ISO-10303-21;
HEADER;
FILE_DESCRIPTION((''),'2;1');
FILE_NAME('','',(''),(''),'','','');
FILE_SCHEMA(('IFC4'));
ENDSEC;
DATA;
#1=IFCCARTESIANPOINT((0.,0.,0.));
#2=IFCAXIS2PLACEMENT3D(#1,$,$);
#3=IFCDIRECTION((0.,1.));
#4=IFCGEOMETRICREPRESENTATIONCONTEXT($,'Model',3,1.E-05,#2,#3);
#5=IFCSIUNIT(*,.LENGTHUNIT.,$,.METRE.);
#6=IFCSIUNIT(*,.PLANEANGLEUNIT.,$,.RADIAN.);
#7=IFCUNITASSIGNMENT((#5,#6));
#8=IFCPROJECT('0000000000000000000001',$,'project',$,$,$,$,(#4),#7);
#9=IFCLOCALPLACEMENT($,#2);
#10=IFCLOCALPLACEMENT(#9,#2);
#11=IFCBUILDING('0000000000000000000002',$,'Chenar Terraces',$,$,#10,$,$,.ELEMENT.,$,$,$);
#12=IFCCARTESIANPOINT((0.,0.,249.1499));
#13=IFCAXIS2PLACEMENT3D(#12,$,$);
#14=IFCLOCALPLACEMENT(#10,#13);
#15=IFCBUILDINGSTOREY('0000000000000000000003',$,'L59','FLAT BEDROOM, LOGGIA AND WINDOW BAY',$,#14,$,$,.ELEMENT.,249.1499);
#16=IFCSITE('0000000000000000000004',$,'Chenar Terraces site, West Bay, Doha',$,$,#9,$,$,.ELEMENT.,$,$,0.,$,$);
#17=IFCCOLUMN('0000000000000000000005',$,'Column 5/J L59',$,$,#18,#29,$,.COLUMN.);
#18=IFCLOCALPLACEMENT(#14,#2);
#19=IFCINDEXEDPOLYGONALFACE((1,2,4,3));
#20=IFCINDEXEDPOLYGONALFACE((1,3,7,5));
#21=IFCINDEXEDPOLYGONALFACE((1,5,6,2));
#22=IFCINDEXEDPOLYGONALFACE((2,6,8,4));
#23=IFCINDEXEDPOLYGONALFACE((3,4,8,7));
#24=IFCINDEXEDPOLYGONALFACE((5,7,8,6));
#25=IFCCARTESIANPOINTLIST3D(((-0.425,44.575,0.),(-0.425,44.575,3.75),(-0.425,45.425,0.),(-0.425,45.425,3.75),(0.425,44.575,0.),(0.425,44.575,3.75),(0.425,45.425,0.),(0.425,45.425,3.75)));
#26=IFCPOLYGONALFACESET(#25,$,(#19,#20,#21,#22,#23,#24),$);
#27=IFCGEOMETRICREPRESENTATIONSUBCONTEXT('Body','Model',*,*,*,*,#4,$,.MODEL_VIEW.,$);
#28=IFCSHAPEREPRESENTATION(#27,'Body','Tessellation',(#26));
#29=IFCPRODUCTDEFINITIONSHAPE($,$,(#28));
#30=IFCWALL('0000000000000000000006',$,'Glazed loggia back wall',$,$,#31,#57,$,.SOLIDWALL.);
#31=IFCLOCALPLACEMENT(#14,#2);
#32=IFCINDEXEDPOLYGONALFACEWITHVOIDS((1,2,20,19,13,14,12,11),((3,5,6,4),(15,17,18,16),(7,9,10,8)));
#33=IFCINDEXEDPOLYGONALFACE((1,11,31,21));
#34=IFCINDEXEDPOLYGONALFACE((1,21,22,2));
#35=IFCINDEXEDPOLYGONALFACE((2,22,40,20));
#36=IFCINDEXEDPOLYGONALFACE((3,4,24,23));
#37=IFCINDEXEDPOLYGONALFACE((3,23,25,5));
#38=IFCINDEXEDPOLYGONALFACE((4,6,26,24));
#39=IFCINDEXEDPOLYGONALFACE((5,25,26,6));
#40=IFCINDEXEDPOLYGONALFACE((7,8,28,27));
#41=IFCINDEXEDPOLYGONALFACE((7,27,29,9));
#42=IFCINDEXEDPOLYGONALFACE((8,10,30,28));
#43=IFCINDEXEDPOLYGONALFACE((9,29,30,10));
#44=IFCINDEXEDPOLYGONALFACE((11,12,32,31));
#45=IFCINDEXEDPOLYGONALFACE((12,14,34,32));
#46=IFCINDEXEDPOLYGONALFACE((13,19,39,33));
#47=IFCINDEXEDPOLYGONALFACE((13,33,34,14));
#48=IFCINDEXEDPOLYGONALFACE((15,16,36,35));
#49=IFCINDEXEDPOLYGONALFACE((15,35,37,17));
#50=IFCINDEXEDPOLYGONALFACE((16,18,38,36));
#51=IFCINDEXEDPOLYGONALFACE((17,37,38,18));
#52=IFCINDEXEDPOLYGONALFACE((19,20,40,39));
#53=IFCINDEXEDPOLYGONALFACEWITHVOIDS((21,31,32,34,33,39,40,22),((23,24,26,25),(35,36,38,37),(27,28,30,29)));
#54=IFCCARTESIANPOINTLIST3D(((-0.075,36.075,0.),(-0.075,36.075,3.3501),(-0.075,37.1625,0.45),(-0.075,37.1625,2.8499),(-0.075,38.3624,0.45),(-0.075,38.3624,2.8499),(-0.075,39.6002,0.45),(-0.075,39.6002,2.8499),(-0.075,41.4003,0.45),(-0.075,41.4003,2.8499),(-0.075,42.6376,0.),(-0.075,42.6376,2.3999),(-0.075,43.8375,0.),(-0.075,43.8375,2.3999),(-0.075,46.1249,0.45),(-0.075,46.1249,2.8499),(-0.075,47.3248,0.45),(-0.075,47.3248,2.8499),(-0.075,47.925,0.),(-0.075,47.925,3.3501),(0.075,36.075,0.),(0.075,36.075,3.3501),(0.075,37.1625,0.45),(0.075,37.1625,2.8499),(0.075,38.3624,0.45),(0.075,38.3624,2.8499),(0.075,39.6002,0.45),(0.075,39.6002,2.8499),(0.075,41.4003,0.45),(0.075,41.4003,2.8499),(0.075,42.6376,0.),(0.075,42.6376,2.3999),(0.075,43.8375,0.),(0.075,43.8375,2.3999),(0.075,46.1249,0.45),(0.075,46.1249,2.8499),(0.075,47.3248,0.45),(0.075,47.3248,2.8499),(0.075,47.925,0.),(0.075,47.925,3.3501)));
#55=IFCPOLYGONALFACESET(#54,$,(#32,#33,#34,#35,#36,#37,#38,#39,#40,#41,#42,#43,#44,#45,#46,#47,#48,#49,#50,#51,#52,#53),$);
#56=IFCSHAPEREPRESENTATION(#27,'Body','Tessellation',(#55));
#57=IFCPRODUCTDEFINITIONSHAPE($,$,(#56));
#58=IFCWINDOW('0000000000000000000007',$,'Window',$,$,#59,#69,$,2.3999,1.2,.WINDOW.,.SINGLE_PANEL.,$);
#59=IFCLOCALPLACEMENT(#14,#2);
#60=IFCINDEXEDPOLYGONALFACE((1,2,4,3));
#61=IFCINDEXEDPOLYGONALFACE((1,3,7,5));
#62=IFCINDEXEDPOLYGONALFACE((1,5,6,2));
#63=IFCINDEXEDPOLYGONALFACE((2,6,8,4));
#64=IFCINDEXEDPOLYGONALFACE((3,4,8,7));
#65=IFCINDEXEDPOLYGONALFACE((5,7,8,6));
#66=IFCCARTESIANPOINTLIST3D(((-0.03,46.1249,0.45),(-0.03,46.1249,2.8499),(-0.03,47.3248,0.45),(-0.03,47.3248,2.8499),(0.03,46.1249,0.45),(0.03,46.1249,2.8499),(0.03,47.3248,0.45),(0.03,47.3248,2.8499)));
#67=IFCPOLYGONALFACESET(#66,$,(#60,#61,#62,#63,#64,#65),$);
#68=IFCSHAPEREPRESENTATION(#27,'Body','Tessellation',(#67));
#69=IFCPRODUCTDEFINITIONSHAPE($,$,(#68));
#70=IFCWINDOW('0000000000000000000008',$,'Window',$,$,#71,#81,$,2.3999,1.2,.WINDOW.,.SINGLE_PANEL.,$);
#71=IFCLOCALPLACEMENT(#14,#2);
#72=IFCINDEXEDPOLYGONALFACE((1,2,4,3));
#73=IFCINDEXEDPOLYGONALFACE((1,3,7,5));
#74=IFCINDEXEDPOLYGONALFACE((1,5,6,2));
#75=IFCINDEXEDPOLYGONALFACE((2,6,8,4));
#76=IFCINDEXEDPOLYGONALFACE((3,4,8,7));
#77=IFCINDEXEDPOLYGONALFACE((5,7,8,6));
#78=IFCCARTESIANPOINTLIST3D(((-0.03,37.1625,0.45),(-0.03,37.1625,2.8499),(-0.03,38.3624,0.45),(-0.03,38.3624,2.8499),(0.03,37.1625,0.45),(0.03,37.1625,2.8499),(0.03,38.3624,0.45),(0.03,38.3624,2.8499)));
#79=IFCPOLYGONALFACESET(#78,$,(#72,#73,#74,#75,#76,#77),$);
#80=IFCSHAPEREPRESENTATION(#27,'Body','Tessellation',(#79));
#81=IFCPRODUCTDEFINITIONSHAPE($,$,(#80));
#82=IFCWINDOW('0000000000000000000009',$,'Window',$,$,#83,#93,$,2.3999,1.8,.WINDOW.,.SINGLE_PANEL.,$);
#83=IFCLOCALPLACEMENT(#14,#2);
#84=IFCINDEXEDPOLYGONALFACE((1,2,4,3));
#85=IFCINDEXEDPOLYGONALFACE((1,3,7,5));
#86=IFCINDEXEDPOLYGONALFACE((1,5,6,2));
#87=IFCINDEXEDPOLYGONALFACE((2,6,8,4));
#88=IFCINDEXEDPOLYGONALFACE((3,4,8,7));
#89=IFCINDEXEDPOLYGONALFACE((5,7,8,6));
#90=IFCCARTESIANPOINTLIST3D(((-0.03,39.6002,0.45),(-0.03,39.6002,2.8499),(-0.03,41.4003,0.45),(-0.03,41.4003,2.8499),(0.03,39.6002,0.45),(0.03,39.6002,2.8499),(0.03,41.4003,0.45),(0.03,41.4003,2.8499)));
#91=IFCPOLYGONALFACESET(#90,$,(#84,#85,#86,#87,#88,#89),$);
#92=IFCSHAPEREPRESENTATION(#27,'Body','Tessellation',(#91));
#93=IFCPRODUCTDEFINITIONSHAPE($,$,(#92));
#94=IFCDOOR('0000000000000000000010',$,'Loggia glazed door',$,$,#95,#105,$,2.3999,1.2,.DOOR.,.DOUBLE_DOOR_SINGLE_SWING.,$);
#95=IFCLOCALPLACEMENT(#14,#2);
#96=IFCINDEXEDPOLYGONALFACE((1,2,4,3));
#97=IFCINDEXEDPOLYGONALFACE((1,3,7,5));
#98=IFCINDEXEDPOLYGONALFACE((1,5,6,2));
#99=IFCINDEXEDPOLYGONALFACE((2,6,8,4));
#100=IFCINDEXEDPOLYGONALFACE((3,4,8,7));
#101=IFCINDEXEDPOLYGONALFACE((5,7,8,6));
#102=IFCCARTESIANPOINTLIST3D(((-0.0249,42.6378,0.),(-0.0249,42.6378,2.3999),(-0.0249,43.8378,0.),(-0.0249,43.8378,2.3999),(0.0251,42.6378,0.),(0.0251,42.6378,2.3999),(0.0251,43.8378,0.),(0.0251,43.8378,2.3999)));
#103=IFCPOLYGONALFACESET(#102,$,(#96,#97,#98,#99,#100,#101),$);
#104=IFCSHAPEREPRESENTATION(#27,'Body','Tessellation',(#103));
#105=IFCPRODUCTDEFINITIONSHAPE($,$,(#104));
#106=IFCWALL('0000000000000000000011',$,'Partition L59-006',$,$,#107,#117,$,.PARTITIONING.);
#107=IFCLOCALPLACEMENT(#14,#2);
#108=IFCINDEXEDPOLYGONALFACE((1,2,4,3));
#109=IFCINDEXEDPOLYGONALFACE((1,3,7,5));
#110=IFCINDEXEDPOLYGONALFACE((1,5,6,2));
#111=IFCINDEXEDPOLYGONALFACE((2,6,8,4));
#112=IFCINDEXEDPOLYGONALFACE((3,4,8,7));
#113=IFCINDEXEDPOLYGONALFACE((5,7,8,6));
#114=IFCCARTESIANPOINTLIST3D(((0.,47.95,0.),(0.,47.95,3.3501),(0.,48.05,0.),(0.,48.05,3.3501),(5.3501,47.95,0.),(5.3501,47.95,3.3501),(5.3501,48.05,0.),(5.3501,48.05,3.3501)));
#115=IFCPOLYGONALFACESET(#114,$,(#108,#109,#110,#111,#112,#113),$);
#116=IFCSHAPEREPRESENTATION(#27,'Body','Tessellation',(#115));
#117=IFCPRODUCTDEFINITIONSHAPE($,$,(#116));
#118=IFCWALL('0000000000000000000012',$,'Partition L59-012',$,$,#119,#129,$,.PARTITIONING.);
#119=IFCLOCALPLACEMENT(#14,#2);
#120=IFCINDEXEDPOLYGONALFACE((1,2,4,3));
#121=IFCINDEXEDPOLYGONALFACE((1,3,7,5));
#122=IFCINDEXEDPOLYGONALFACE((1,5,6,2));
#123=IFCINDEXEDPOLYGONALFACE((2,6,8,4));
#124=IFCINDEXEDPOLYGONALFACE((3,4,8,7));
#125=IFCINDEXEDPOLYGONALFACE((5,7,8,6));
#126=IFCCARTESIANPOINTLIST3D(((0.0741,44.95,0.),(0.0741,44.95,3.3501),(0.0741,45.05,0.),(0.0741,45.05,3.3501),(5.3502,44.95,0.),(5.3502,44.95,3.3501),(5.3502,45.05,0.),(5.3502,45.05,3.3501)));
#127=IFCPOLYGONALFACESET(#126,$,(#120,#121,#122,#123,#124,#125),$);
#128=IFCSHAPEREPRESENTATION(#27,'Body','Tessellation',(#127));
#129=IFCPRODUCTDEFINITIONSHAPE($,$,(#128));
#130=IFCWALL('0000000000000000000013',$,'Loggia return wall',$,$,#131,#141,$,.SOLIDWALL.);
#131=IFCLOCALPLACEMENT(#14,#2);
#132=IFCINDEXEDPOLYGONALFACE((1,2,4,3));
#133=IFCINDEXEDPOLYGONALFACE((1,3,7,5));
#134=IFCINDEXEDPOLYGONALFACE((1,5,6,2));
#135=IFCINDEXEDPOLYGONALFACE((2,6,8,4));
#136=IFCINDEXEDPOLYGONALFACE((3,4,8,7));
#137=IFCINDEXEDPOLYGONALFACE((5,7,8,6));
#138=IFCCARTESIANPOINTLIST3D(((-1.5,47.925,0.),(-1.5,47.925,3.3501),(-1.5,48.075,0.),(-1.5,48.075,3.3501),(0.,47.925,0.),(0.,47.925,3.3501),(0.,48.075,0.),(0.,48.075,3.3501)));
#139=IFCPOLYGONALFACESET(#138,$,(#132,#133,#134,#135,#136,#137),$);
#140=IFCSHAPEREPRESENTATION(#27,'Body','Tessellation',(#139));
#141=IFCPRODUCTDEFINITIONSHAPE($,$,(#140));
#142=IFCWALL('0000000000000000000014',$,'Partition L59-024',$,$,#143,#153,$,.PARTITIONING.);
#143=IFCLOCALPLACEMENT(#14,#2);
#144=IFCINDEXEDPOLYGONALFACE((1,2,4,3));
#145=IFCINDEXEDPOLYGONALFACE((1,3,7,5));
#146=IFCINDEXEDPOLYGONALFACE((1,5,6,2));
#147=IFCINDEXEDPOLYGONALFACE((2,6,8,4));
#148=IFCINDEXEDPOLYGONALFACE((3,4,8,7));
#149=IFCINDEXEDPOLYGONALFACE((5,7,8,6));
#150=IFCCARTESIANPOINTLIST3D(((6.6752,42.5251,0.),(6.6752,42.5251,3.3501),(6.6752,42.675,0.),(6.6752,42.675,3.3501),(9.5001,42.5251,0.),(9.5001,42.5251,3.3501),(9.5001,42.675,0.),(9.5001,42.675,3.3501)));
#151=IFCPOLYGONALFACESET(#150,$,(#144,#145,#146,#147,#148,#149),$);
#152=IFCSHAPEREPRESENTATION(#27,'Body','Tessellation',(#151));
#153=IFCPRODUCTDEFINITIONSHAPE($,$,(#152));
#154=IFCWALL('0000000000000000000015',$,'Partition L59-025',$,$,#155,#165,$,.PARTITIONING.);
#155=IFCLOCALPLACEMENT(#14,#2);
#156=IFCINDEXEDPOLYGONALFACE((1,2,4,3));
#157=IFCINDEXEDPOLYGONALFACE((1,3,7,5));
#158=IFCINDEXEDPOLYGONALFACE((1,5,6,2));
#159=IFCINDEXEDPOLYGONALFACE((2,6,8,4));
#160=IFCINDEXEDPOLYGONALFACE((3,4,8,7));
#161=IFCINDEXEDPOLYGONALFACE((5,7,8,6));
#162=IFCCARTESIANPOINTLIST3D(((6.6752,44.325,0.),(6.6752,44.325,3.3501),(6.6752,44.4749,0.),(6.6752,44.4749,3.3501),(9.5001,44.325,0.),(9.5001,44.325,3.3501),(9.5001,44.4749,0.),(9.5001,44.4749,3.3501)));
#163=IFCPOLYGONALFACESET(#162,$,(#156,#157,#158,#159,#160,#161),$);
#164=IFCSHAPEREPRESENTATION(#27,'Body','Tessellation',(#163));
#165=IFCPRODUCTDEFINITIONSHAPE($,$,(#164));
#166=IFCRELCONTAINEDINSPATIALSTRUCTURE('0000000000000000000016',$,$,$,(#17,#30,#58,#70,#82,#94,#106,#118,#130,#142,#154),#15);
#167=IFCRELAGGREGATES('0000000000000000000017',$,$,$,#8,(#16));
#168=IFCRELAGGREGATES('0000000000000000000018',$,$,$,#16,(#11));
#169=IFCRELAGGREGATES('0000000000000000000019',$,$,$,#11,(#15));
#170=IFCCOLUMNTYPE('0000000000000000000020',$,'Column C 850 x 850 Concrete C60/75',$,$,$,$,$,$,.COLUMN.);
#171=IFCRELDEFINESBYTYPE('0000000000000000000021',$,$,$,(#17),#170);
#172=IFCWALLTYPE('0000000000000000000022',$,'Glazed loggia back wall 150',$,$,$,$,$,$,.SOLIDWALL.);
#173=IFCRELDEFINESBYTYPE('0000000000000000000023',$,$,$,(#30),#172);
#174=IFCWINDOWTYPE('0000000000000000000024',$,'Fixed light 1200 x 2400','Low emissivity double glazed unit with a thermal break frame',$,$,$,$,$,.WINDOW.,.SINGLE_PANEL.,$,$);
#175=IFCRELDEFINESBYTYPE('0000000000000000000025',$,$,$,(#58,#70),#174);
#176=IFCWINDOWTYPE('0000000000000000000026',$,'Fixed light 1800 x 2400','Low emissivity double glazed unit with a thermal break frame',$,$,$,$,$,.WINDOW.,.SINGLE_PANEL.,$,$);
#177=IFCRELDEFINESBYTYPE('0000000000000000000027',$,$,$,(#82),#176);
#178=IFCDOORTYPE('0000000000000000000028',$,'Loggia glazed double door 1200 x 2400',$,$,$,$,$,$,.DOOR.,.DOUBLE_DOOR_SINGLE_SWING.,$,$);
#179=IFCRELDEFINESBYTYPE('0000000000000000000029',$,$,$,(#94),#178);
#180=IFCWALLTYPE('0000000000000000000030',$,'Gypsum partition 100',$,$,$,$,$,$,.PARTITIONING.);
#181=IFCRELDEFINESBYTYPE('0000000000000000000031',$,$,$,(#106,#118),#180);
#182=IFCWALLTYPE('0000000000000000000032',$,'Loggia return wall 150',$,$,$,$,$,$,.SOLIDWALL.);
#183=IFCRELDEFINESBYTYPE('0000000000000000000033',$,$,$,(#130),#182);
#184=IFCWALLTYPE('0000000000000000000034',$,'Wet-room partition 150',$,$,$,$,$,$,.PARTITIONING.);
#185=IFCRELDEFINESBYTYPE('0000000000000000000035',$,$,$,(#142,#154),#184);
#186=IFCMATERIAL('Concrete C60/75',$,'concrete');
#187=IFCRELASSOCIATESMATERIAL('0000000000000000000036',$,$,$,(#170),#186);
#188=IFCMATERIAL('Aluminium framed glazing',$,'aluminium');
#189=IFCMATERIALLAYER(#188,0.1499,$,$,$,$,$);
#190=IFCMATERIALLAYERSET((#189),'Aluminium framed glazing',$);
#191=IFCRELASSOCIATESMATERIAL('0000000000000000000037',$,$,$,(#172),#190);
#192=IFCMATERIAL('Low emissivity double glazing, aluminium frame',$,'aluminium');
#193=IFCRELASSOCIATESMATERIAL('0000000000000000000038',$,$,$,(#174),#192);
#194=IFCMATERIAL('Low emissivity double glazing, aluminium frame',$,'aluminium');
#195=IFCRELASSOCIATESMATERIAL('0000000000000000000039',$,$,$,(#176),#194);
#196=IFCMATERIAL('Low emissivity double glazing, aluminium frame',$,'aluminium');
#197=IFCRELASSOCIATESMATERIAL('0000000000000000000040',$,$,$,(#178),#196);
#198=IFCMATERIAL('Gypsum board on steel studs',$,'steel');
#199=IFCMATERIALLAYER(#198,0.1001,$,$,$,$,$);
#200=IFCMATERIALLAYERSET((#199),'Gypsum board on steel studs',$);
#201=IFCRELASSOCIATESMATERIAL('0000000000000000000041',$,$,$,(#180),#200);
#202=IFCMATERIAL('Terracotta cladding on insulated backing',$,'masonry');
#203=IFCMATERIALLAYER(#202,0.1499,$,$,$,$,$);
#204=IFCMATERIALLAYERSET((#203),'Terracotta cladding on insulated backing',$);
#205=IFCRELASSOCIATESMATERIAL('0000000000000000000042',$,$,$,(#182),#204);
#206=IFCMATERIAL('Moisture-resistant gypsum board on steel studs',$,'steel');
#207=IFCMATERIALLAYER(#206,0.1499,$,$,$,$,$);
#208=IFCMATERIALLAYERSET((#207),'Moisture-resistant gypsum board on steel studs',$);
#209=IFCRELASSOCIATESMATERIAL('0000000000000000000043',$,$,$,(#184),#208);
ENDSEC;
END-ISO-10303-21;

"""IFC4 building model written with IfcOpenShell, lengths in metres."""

from ifc_helpers import new_model, si_unit, direction, frame, frame_2d, origin, origin_2d, place, context, subcontext, project, spatial, rectangle, extrude, material, layer, layer_set, material_profile, profile_set, type_object, element, fill, save


model = new_model("IFC4")

# Units and contexts
model_context = context("Model", 3, precision=1e-05, world=origin(), true_north=direction((0.0, 1.0)))
body_context = subcontext(model_context, "Body", "Model", "MODEL_VIEW")
ifc_project = project(units=[si_unit("LENGTHUNIT", "METRE"), si_unit("PLANEANGLEUNIT", "RADIAN")], contexts=[model_context])

# Site, building, storey
site_placement = place(None, origin())
site = spatial("IfcSite", under=ifc_project, at=site_placement, Name="Chenar Terraces site, West Bay, Doha", CompositionType="ELEMENT", RefElevation=0.0)
building_placement = place(site_placement, origin())
building = spatial("IfcBuilding", under=site, at=building_placement, Name="Chenar Terraces", CompositionType="ELEMENT")
storey_placement = place(building_placement, frame((0.0, 0.0, 249.1499)))
storey = spatial("IfcBuildingStorey", under=building, at=storey_placement, Name="L59", Description="FLAT BEDROOM, LOGGIA AND WINDOW BAY", CompositionType="ELEMENT", Elevation=249.1499)

# Column
ifc_material_1 = material(Name="Concrete C60/75", Category="concrete")
ifc_material_profile = material_profile(ifc_material_1, rectangle(XDim=0.8501, YDim=0.8501, at=origin_2d()), Name="C 850 x 850")
ifc_profile_set = profile_set([ifc_material_profile], Name="Concrete C60/75")
column_type = type_object("IfcColumnType", Name="Column C 850 x 850 Concrete C60/75", PredefinedType="COLUMN", material=ifc_profile_set)
column_placement = place(storey_placement, frame((0.0, 45.0, 0.0), z_axis=(0.0, 0.0, 1.0), x_axis=(1.0, 0.0, 0.0)))
element("IfcColumn", 1, at=column_placement, inside=storey, type_object=column_type, Name="Column 5/J L59", PredefinedType="COLUMN", context=body_context, shape_type="SweptSolid", body=[
    extrude(rectangle(XDim=0.8501, YDim=0.8501, at=origin_2d()), origin(), (0.0, 0.0, 1.0), 3.75),
])

# Wall, openings, windows, door
ifc_material_2 = material(Name="Aluminium framed glazing", Category="aluminium")
ifc_layer_1 = layer(ifc_material_2, 0.1499)
ifc_layer_set_1 = layer_set([ifc_layer_1], Name="Aluminium framed glazing")
wall_type_1 = type_object("IfcWallType", Name="Glazed loggia back wall 150", PredefinedType="SOLIDWALL", material=ifc_layer_set_1)
wall_1_placement = place(storey_placement, frame((0.0, 47.925, 0.0), z_axis=(0.0, 0.0, 1.0), x_axis=(0.0, -1.0, 0.0)))
wall_1 = element("IfcWall", 2, at=wall_1_placement, inside=storey, type_object=wall_type_1, Name="Glazed loggia back wall", PredefinedType="SOLIDWALL", context=body_context, shape_type="SweptSolid", body=[
    extrude(rectangle(XDim=11.8501, YDim=0.1499, at=frame_2d((5.925, 0.0))), origin(), (0.0, 0.0, 1.0), 3.3501),
])
opening_1_placement = place(wall_1_placement, frame((0.6001, 0.0, 0.45)))
opening_1 = element("IfcOpeningElement", 3, at=opening_1_placement, cuts=wall_1, PredefinedType="OPENING", context=body_context, shape_type="SweptSolid", body=[
    extrude(rectangle(XDim=1.2, YDim=2.3999, at=frame_2d((0.6001, 1.2))), frame((0.0, 0.085, 0.0), z_axis=(0.0, -1.0, 0.0), x_axis=(1.0, 0.0, 0.0)), (0.0, 0.0, 1.0), 0.1699),
])
opening_2_placement = place(wall_1_placement, frame((4.0874, 0.0, 0.0)))
opening_2 = element("IfcOpeningElement", 4, at=opening_2_placement, cuts=wall_1, PredefinedType="OPENING", context=body_context, shape_type="SweptSolid", body=[
    extrude(rectangle(XDim=1.2, YDim=2.3999, at=frame_2d((0.6001, 1.2))), frame((0.0, 0.085, 0.0), z_axis=(0.0, -1.0, 0.0), x_axis=(1.0, 0.0, 0.0)), (0.0, 0.0, 1.0), 0.1699),
])
opening_3_placement = place(wall_1_placement, frame((6.5249, 0.0, 0.45)))
opening_3 = element("IfcOpeningElement", 5, at=opening_3_placement, cuts=wall_1, PredefinedType="OPENING", context=body_context, shape_type="SweptSolid", body=[
    extrude(rectangle(XDim=1.8, YDim=2.3999, at=frame_2d((0.8999, 1.2))), frame((0.0, 0.085, 0.0), z_axis=(0.0, -1.0, 0.0), x_axis=(1.0, 0.0, 0.0)), (0.0, 0.0, 1.0), 0.1699),
])
opening_4_placement = place(wall_1_placement, frame((9.5625, 0.0, 0.45)))
opening_4 = element("IfcOpeningElement", 6, at=opening_4_placement, cuts=wall_1, PredefinedType="OPENING", context=body_context, shape_type="SweptSolid", body=[
    extrude(rectangle(XDim=1.2, YDim=2.3999, at=frame_2d((0.6001, 1.2))), frame((0.0, 0.085, 0.0), z_axis=(0.0, -1.0, 0.0), x_axis=(1.0, 0.0, 0.0)), (0.0, 0.0, 1.0), 0.1699),
])
ifc_material_3 = material(Name="Low emissivity double glazing, aluminium frame", Category="aluminium")
window_type_1 = type_object("IfcWindowType", Name="Fixed light 1200 x 2400", Description="Low emissivity double glazed unit with a thermal break frame", PartitioningType="SINGLE_PANEL", PredefinedType="WINDOW", material=ifc_material_3)
window_1_placement = place(opening_1_placement, origin())
window_1 = element("IfcWindow", 7, at=window_1_placement, inside=storey, type_object=window_type_1, Name="Window", OverallHeight=2.3999, OverallWidth=1.2, PartitioningType="SINGLE_PANEL", PredefinedType="WINDOW", context=body_context, shape_type="SweptSolid", body=[
    extrude(rectangle(XDim=1.2, YDim=2.3999, at=frame_2d((0.6001, 1.2))), frame((0.0, 0.03, 0.0), z_axis=(0.0, -1.0, 0.0), x_axis=(1.0, 0.0, 0.0)), (0.0, 0.0, 1.0), 0.0601),
])
fill(opening_1, window_1)
window_2_placement = place(opening_4_placement, origin())
window_2 = element("IfcWindow", 8, at=window_2_placement, inside=storey, type_object=window_type_1, Name="Window", OverallHeight=2.3999, OverallWidth=1.2, PartitioningType="SINGLE_PANEL", PredefinedType="WINDOW", context=body_context, shape_type="SweptSolid", body=[
    extrude(rectangle(XDim=1.2, YDim=2.3999, at=frame_2d((0.6001, 1.2))), frame((0.0, 0.03, 0.0), z_axis=(0.0, -1.0, 0.0), x_axis=(1.0, 0.0, 0.0)), (0.0, 0.0, 1.0), 0.0601),
])
fill(opening_4, window_2)
ifc_material_4 = material(Name="Low emissivity double glazing, aluminium frame", Category="aluminium")
window_type_2 = type_object("IfcWindowType", Name="Fixed light 1800 x 2400", Description="Low emissivity double glazed unit with a thermal break frame", PartitioningType="SINGLE_PANEL", PredefinedType="WINDOW", material=ifc_material_4)
window_3_placement = place(opening_3_placement, origin())
window_3 = element("IfcWindow", 9, at=window_3_placement, inside=storey, type_object=window_type_2, Name="Window", OverallHeight=2.3999, OverallWidth=1.8, PartitioningType="SINGLE_PANEL", PredefinedType="WINDOW", context=body_context, shape_type="SweptSolid", body=[
    extrude(rectangle(XDim=1.8, YDim=2.3999, at=frame_2d((0.8999, 1.2))), frame((0.0, 0.03, 0.0), z_axis=(0.0, -1.0, 0.0), x_axis=(1.0, 0.0, 0.0)), (0.0, 0.0, 1.0), 0.0601),
])
fill(opening_3, window_3)
ifc_material_5 = material(Name="Low emissivity double glazing, aluminium frame", Category="aluminium")
door_type = type_object("IfcDoorType", Name="Loggia glazed double door 1200 x 2400", OperationType="DOUBLE_DOOR_SINGLE_SWING", PredefinedType="DOOR", material=ifc_material_5)
door_placement = place(opening_2_placement, frame((1.2, 0.0, 0.0), z_axis=(0.0, 0.0, 1.0), x_axis=(-1.0, 0.0, 0.0)))
door = element("IfcDoor", 10, at=door_placement, inside=storey, type_object=door_type, Name="Loggia glazed door", OperationType="DOUBLE_DOOR_SINGLE_SWING", OverallHeight=2.3999, OverallWidth=1.2, PredefinedType="DOOR", context=body_context, shape_type="SweptSolid", body=[
    extrude(rectangle(XDim=1.2, YDim=2.3999, at=frame_2d((0.6001, 1.2))), frame((0.0, 0.0249, 0.0), z_axis=(0.0, -1.0, 0.0), x_axis=(1.0, 0.0, 0.0)), (0.0, 0.0, 1.0), 0.05),
])
fill(opening_2, door)

# Walls
ifc_material_6 = material(Name="Gypsum board on steel studs", Category="steel")
ifc_layer_2 = layer(ifc_material_6, 0.1001)
ifc_layer_set_2 = layer_set([ifc_layer_2], Name="Gypsum board on steel studs")
wall_type_2 = type_object("IfcWallType", Name="Gypsum partition 100", PredefinedType="PARTITIONING", material=ifc_layer_set_2)
wall_2_placement = place(storey_placement, frame((0.0, 48.0, 0.0), z_axis=(0.0, 0.0, 1.0), x_axis=(1.0, 0.0, 0.0)))
element("IfcWall", 11, at=wall_2_placement, inside=storey, type_object=wall_type_2, Name="Partition L59-006", PredefinedType="PARTITIONING", context=body_context, shape_type="SweptSolid", body=[
    extrude(rectangle(XDim=5.3501, YDim=0.1001, at=frame_2d((2.675, 0.0))), origin(), (0.0, 0.0, 1.0), 3.3501),
])
wall_3_placement = place(storey_placement, frame((0.074, 45.0, 0.0), z_axis=(0.0, 0.0, 1.0), x_axis=(1.0, 0.0, 0.0)))
element("IfcWall", 12, at=wall_3_placement, inside=storey, type_object=wall_type_2, Name="Partition L59-012", PredefinedType="PARTITIONING", context=body_context, shape_type="SweptSolid", body=[
    extrude(rectangle(XDim=5.2761, YDim=0.1001, at=frame_2d((2.6382, 0.0))), origin(), (0.0, 0.0, 1.0), 3.3501),
])
ifc_material_7 = material(Name="Terracotta cladding on insulated backing", Category="masonry")
ifc_layer_3 = layer(ifc_material_7, 0.1499)
ifc_layer_set_3 = layer_set([ifc_layer_3], Name="Terracotta cladding on insulated backing")
wall_type_3 = type_object("IfcWallType", Name="Loggia return wall 150", PredefinedType="SOLIDWALL", material=ifc_layer_set_3)
wall_4_placement = place(storey_placement, frame((-1.5, 48.0, 0.0), z_axis=(0.0, 0.0, 1.0), x_axis=(1.0, 0.0, 0.0)))
element("IfcWall", 13, at=wall_4_placement, inside=storey, type_object=wall_type_3, Name="Loggia return wall", PredefinedType="SOLIDWALL", context=body_context, shape_type="SweptSolid", body=[
    extrude(rectangle(XDim=1.5, YDim=0.1499, at=frame_2d((0.75, 0.0))), origin(), (0.0, 0.0, 1.0), 3.3501),
])
ifc_material_8 = material(Name="Moisture-resistant gypsum board on steel studs", Category="steel")
ifc_layer_4 = layer(ifc_material_8, 0.1499)
ifc_layer_set_4 = layer_set([ifc_layer_4], Name="Moisture-resistant gypsum board on steel studs")
wall_type_4 = type_object("IfcWallType", Name="Wet-room partition 150", PredefinedType="PARTITIONING", material=ifc_layer_set_4)
for number, where, z_axis, x_axis, name in (
    (14, (6.675, 42.6001, 0.0), (0.0, 0.0, 1.0), (1.0, 0.0, 0.0), "Partition L59-024"),
    (15, (6.675, 44.3999, 0.0), (0.0, 0.0, 1.0), (1.0, 0.0, 0.0), "Partition L59-025"),
):
    element("IfcWall", number, at=place(storey_placement, frame(where, z_axis=z_axis, x_axis=x_axis)), inside=storey, type_object=wall_type_4, Name=name, PredefinedType="PARTITIONING", context=body_context, shape_type="SweptSolid", body=[
        extrude(rectangle(XDim=2.825, YDim=0.1499, at=frame_2d((1.4126, 0.0))), origin(), (0.0, 0.0, 1.0), 3.3501),
    ])

save(model, "model.ifc")
